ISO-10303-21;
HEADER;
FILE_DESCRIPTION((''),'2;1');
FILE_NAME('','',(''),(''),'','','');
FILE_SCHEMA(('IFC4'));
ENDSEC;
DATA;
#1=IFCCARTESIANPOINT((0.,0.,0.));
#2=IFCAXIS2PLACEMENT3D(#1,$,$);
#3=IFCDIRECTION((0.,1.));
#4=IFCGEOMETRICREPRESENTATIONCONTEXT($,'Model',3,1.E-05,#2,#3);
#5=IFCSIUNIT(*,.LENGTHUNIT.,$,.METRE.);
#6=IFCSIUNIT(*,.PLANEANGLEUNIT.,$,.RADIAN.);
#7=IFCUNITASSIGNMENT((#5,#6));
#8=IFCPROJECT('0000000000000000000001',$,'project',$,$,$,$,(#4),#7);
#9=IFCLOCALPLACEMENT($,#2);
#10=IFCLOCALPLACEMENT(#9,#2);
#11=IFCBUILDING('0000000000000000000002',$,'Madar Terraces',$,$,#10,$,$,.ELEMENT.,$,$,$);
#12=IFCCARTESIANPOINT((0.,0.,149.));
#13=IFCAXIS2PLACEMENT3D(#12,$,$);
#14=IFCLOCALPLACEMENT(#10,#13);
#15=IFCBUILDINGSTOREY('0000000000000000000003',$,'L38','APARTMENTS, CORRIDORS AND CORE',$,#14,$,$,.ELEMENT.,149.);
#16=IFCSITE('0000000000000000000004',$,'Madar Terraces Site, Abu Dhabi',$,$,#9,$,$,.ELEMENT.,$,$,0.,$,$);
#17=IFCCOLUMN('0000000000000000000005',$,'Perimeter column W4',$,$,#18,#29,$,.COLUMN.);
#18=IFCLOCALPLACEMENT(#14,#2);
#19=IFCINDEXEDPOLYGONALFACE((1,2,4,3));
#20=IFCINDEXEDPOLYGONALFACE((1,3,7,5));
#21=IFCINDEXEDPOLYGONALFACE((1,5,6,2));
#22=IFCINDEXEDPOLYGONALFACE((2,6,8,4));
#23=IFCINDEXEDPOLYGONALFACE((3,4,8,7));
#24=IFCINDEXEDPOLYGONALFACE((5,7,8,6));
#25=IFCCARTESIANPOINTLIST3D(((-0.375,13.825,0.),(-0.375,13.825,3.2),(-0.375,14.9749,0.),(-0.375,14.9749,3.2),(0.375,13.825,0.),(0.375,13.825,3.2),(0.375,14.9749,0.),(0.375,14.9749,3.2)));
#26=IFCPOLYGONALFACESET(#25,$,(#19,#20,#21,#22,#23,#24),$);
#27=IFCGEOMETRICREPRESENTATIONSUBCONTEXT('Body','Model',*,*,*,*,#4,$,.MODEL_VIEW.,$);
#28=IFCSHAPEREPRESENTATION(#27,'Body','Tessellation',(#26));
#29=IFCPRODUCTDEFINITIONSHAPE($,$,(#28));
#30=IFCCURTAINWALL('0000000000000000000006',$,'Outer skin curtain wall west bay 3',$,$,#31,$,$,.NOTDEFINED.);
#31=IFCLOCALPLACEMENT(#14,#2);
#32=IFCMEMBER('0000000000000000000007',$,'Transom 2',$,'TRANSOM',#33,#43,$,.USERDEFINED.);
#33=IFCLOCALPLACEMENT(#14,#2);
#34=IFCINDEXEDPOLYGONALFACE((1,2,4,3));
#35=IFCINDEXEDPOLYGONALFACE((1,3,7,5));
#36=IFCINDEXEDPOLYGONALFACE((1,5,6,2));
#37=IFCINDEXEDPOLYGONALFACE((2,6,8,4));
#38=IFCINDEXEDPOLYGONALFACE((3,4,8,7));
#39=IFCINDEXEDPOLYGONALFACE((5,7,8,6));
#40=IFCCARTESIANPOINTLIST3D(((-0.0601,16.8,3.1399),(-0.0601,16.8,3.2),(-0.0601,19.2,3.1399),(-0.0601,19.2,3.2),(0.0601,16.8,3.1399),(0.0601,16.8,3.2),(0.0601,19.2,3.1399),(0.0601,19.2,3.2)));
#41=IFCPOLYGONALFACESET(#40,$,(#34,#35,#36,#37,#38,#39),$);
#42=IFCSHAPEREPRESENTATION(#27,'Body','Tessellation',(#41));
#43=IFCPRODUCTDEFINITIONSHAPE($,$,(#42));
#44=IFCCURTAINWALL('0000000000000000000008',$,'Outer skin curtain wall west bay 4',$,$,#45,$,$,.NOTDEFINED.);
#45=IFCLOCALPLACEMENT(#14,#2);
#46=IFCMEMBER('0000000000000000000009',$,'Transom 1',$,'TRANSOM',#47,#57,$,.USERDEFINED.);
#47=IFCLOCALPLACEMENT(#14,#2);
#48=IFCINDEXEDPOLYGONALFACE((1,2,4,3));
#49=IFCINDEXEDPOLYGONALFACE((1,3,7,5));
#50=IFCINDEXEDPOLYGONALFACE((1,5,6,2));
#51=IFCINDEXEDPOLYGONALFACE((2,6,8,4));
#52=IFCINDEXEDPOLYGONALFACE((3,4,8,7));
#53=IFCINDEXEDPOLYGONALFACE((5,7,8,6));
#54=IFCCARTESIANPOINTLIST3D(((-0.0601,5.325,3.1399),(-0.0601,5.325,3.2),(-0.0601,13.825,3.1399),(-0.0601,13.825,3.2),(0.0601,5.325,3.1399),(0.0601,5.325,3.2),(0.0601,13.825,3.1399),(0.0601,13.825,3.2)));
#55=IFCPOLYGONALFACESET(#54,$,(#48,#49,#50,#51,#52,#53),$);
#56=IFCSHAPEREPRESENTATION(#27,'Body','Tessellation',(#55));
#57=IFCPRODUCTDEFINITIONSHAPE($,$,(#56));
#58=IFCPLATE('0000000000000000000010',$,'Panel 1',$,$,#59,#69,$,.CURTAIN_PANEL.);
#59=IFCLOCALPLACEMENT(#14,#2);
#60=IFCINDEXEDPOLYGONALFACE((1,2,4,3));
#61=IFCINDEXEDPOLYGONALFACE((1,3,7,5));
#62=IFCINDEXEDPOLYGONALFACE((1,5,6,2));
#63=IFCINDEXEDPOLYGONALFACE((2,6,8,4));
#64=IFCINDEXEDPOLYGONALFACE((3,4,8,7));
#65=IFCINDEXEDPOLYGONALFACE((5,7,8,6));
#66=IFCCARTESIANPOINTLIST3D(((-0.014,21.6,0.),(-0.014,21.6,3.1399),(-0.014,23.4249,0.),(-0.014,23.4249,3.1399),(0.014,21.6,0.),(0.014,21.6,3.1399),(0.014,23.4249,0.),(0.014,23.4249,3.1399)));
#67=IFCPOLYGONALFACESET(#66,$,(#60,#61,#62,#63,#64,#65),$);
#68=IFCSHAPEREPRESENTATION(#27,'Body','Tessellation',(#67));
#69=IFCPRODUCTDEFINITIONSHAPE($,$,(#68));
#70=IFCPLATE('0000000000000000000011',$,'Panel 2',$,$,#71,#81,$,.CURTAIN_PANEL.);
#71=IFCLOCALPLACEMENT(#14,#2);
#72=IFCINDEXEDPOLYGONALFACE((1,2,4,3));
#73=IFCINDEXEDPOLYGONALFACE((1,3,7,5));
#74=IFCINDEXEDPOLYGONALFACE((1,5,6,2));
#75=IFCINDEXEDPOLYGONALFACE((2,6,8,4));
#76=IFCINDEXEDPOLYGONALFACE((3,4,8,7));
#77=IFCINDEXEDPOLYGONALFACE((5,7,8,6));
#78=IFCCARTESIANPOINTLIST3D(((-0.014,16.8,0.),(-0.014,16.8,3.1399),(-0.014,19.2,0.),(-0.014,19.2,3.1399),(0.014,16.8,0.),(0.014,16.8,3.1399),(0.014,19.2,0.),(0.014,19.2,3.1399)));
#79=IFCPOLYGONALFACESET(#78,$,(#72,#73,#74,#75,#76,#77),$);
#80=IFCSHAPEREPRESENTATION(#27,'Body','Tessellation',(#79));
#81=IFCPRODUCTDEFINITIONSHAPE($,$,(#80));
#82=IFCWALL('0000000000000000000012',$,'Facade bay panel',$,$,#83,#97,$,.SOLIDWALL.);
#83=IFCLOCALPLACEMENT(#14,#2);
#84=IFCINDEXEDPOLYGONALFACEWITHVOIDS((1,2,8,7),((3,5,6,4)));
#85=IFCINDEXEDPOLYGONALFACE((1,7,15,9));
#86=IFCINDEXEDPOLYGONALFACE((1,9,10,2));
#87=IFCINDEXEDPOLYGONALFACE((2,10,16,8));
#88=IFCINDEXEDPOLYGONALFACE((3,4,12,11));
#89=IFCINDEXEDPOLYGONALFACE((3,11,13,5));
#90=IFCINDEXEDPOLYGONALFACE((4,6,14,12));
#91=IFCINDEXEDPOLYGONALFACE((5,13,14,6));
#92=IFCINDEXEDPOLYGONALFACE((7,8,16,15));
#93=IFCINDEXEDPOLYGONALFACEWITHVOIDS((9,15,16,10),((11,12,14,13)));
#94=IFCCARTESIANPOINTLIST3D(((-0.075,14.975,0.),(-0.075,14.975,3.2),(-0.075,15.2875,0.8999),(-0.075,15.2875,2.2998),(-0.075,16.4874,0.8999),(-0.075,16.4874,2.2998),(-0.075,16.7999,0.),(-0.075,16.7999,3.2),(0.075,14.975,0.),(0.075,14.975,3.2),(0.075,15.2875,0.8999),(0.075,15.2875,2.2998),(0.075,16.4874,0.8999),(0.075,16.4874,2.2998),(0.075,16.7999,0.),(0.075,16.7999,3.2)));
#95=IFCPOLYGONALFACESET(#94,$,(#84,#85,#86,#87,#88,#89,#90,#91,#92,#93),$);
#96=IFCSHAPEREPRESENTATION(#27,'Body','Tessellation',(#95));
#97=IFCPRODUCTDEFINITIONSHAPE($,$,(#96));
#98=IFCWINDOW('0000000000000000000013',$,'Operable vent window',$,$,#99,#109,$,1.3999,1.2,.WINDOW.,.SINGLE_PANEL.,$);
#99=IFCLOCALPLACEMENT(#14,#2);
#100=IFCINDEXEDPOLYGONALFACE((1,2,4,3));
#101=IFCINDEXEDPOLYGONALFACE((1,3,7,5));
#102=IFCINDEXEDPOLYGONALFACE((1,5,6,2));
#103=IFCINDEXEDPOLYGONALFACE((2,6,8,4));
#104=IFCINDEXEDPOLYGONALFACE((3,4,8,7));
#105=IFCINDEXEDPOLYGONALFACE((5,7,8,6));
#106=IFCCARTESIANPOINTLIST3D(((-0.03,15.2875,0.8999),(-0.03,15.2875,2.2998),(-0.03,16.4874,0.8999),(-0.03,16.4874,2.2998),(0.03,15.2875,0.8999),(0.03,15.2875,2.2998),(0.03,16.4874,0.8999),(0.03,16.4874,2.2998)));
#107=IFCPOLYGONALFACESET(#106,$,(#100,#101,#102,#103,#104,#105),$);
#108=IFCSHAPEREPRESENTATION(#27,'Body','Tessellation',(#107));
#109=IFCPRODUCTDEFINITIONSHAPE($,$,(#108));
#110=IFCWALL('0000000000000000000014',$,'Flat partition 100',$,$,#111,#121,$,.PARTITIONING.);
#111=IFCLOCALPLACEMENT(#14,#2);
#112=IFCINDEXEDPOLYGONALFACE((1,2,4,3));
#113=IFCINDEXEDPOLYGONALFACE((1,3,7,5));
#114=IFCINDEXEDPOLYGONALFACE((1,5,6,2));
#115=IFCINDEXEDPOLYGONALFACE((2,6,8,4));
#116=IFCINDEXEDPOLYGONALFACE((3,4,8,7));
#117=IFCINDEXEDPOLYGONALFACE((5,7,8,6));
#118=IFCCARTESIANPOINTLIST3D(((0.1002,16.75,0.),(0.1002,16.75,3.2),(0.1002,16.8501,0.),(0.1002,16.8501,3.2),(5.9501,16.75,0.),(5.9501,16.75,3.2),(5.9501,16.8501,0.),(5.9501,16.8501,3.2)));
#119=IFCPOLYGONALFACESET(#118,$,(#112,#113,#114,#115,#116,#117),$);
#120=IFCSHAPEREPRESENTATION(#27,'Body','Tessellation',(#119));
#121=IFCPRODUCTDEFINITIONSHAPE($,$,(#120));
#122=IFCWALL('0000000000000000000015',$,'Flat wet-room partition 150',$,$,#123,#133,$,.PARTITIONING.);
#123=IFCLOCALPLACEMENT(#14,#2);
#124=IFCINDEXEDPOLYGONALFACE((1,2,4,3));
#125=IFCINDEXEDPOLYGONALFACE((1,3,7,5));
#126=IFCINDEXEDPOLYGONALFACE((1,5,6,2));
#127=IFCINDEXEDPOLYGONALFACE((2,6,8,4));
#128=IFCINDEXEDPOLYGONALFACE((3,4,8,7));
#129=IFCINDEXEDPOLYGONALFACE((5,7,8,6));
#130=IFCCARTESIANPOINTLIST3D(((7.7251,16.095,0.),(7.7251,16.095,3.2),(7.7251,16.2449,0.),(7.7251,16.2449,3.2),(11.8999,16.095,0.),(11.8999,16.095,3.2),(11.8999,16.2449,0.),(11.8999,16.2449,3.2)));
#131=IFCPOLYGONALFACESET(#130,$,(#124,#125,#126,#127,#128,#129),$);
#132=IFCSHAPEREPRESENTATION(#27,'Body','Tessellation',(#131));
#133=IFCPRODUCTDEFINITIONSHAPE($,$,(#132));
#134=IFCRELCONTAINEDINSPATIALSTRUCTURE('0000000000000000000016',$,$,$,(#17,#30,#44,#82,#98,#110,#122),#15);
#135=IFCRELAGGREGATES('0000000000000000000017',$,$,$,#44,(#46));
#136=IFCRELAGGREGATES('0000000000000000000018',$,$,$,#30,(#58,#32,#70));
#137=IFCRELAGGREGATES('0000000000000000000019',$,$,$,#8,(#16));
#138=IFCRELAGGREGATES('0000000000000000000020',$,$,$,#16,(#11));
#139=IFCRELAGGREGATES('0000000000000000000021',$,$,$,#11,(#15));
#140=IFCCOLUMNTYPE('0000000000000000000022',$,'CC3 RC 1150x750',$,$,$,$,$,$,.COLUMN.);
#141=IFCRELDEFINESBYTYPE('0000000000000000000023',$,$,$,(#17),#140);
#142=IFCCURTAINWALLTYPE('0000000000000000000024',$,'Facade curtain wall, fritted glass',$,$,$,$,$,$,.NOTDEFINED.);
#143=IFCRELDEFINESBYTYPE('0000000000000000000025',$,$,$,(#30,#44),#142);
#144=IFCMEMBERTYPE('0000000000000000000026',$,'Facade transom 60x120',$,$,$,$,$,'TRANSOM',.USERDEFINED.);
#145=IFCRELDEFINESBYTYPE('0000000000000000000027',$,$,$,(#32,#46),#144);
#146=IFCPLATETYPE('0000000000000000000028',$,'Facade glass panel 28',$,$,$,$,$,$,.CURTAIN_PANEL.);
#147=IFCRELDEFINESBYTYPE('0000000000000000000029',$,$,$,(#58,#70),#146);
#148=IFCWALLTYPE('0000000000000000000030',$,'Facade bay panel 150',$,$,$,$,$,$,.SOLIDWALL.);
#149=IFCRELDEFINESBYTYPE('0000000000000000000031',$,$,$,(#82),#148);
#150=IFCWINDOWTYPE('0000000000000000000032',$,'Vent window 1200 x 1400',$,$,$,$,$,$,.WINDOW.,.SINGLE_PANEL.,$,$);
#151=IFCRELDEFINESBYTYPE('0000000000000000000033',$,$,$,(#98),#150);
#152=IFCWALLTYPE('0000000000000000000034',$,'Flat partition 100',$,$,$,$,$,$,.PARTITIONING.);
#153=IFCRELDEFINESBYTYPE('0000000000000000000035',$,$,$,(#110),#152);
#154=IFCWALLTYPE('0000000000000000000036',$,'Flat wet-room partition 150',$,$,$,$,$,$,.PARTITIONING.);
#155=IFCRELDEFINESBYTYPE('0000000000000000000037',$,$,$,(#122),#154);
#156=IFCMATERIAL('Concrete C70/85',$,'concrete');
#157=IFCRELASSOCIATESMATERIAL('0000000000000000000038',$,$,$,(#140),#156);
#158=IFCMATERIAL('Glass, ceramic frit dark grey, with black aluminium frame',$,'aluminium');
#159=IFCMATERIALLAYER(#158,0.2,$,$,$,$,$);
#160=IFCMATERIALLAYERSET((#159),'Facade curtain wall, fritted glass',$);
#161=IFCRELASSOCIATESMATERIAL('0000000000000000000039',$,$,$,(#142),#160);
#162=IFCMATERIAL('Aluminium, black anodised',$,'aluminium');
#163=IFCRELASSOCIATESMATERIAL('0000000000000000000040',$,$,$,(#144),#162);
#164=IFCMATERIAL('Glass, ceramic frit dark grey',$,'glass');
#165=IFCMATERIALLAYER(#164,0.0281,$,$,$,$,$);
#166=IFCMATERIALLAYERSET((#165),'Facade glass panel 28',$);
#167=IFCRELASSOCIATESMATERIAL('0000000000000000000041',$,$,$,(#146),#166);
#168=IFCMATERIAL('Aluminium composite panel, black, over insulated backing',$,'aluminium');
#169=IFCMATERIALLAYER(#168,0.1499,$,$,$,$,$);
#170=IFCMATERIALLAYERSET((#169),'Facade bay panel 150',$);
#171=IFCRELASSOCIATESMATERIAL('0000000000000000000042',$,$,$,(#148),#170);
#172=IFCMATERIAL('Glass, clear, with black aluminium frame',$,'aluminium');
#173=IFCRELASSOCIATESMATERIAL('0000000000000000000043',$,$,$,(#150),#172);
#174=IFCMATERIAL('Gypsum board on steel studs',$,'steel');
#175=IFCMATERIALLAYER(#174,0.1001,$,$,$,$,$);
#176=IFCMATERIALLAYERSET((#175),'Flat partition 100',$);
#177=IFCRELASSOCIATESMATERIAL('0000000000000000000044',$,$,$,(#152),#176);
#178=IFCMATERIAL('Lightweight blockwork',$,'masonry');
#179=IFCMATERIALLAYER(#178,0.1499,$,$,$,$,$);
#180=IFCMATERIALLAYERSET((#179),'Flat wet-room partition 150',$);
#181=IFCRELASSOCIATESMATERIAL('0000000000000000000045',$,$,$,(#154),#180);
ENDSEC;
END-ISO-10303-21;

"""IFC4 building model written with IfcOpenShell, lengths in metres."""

from ifc_helpers import new_model, si_unit, direction, frame, frame_2d, origin, origin_2d, place, context, subcontext, project, spatial, rectangle, extrude, material, layer, layer_set, material_profile, profile_set, type_object, element, fill, aggregate, save


model = new_model("IFC4")

# Units and contexts
model_context = context("Model", 3, precision=1e-05, world=origin(), true_north=direction((0.0, 1.0)))
body_context = subcontext(model_context, "Body", "Model", "MODEL_VIEW")
ifc_project = project(units=[si_unit("LENGTHUNIT", "METRE"), si_unit("PLANEANGLEUNIT", "RADIAN")], contexts=[model_context])

# Site, building, storey
site_placement = place(None, origin())
site = spatial("IfcSite", under=ifc_project, at=site_placement, Name="Madar Terraces Site, Abu Dhabi", CompositionType="ELEMENT", RefElevation=0.0)
building_placement = place(site_placement, origin())
building = spatial("IfcBuilding", under=site, at=building_placement, Name="Madar Terraces", CompositionType="ELEMENT")
storey_placement = place(building_placement, frame((0.0, 0.0, 149.0)))
storey = spatial("IfcBuildingStorey", under=building, at=storey_placement, Name="L38", Description="APARTMENTS, CORRIDORS AND CORE", CompositionType="ELEMENT", Elevation=149.0)

# Column
ifc_material_1 = material(Name="Concrete C70/85", Category="concrete")
ifc_material_profile_1 = material_profile(ifc_material_1, rectangle(XDim=1.1499, YDim=0.75, at=origin_2d()), Name="CC3 RC 1150x750")
ifc_profile_set_1 = profile_set([ifc_material_profile_1], Name="Concrete C70/85")
column_type = type_object("IfcColumnType", Name="CC3 RC 1150x750", PredefinedType="COLUMN", material=ifc_profile_set_1)
column_placement = place(storey_placement, frame((0.0, 14.3999, 0.0), z_axis=(0.0, 0.0, 1.0), x_axis=(0.0, 1.0, 0.0)))
element("IfcColumn", 1, at=column_placement, inside=storey, type_object=column_type, Name="Perimeter column W4", PredefinedType="COLUMN", context=body_context, shape_type="SweptSolid", body=[
    extrude(rectangle(XDim=1.1499, YDim=0.75, at=origin_2d()), origin(), (0.0, 0.0, 1.0), 3.2),
])

# Curtain walls, members
ifc_material_2 = material(Name="Glass, ceramic frit dark grey, with black aluminium frame", Category="aluminium")
ifc_layer_1 = layer(ifc_material_2, 0.2)
ifc_layer_set_1 = layer_set([ifc_layer_1], Name="Facade curtain wall, fritted glass")
curtain_wall_type = type_object("IfcCurtainWallType", Name="Facade curtain wall, fritted glass", PredefinedType="NOTDEFINED", material=ifc_layer_set_1)
curtain_wall_1_placement = place(storey_placement, origin())
curtain_wall_1 = element("IfcCurtainWall", 2, at=curtain_wall_1_placement, inside=storey, type_object=curtain_wall_type, Name="Outer skin curtain wall west bay 3", PredefinedType="NOTDEFINED")
ifc_material_3 = material(Name="Aluminium, black anodised", Category="aluminium")
ifc_material_profile_2 = material_profile(ifc_material_3, rectangle(XDim=0.1201, YDim=0.0601, at=origin_2d()), Name="Facade transom 60x120")
ifc_profile_set_2 = profile_set([ifc_material_profile_2], Name="Aluminium, black anodised")
member_type = type_object("IfcMemberType", Name="Facade transom 60x120", ElementType="TRANSOM", PredefinedType="USERDEFINED", material=ifc_profile_set_2)
member_1_placement = place(storey_placement, frame((0.0, 19.2, 3.1699), z_axis=(0.0, -1.0, 0.0), x_axis=(1.0, 0.0, 0.0)))
member_1 = element("IfcMember", 3, at=member_1_placement, type_object=member_type, Name="Transom 2", ObjectType="TRANSOM", PredefinedType="USERDEFINED", context=body_context, shape_type="SweptSolid", body=[
    extrude(rectangle(XDim=0.1201, YDim=0.0601, at=origin_2d()), origin(), (0.0, 0.0, 1.0), 2.3999),
])
curtain_wall_2_placement = place(storey_placement, origin())
curtain_wall_2 = element("IfcCurtainWall", 4, at=curtain_wall_2_placement, inside=storey, type_object=curtain_wall_type, Name="Outer skin curtain wall west bay 4", PredefinedType="NOTDEFINED")
member_2_placement = place(storey_placement, frame((0.0, 13.825, 3.1699), z_axis=(0.0, -1.0, 0.0), x_axis=(1.0, 0.0, 0.0)))
member_2 = element("IfcMember", 5, at=member_2_placement, type_object=member_type, Name="Transom 1", ObjectType="TRANSOM", PredefinedType="USERDEFINED", context=body_context, shape_type="SweptSolid", body=[
    extrude(rectangle(XDim=0.1201, YDim=0.0601, at=origin_2d()), origin(), (0.0, 0.0, 1.0), 8.5),
])
aggregate(curtain_wall_2, [member_2])

# Plates
ifc_material_4 = material(Name="Glass, ceramic frit dark grey", Category="glass")
ifc_layer_2 = layer(ifc_material_4, 0.0281)
ifc_layer_set_2 = layer_set([ifc_layer_2], Name="Facade glass panel 28")
plate_type = type_object("IfcPlateType", Name="Facade glass panel 28", PredefinedType="CURTAIN_PANEL", material=ifc_layer_set_2)
plate_1_placement = place(storey_placement, frame((0.0, 22.5125, 0.0), z_axis=(0.0, 0.0, 1.0), x_axis=(0.0, -1.0, 0.0)))
plate_1 = element("IfcPlate", 6, at=plate_1_placement, type_object=plate_type, Name="Panel 1", PredefinedType="CURTAIN_PANEL", context=body_context, shape_type="SweptSolid", body=[
    extrude(rectangle(XDim=1.825, YDim=0.0281, at=origin_2d()), origin(), (0.0, 0.0, 1.0), 3.1399),
])
plate_2_placement = place(storey_placement, frame((0.0, 18.0, 0.0), z_axis=(0.0, 0.0, 1.0), x_axis=(0.0, -1.0, 0.0)))
plate_2 = element("IfcPlate", 7, at=plate_2_placement, type_object=plate_type, Name="Panel 2", PredefinedType="CURTAIN_PANEL", context=body_context, shape_type="SweptSolid", body=[
    extrude(rectangle(XDim=2.3999, YDim=0.0281, at=origin_2d()), origin(), (0.0, 0.0, 1.0), 3.1399),
])
aggregate(curtain_wall_1, [plate_1, member_1, plate_2])

# Shared definitions
ifc_material_5 = material(Name="Aluminium composite panel, black, over insulated backing", Category="aluminium")
ifc_layer_3 = layer(ifc_material_5, 0.1499)
ifc_layer_set_3 = layer_set([ifc_layer_3], Name="Facade bay panel 150")
wall_type_1 = type_object("IfcWallType", Name="Facade bay panel 150", PredefinedType="SOLIDWALL", material=ifc_layer_set_3)

# Wall, opening, window
wall_1_placement = place(storey_placement, frame((0.0, 16.8, 0.0), z_axis=(0.0, 0.0, 1.0), x_axis=(0.0, -1.0, 0.0)))
wall_1 = element("IfcWall", 8, at=wall_1_placement, inside=storey, type_object=wall_type_1, Name="Facade bay panel", PredefinedType="SOLIDWALL", context=body_context, shape_type="SweptSolid", body=[
    extrude(rectangle(XDim=1.825, YDim=0.1499, at=frame_2d((0.9126, 0.0))), origin(), (0.0, 0.0, 1.0), 3.2),
])
opening_1_placement = place(wall_1_placement, frame((0.3125, 0.0, 0.8999)))
opening_1 = element("IfcOpeningElement", 9, at=opening_1_placement, cuts=wall_1, PredefinedType="OPENING", context=body_context, shape_type="SweptSolid", body=[
    extrude(rectangle(XDim=1.2, YDim=1.3999, at=frame_2d((0.6001, 0.7))), frame((0.0, 0.085, 0.0), z_axis=(0.0, -1.0, 0.0), x_axis=(1.0, 0.0, 0.0)), (0.0, 0.0, 1.0), 0.1699),
])
ifc_material_6 = material(Name="Glass, clear, with black aluminium frame", Category="aluminium")
window_type = type_object("IfcWindowType", Name="Vent window 1200 x 1400", PartitioningType="SINGLE_PANEL", PredefinedType="WINDOW", material=ifc_material_6)
window_placement = place(opening_1_placement, origin())
window = element("IfcWindow", 10, at=window_placement, inside=storey, type_object=window_type, Name="Operable vent window", OverallHeight=1.3999, OverallWidth=1.2, PartitioningType="SINGLE_PANEL", PredefinedType="WINDOW", context=body_context, shape_type="SweptSolid", body=[
    extrude(rectangle(XDim=1.2, YDim=1.3999, at=frame_2d((0.6001, 0.7))), frame((0.0, 0.03, 0.0), z_axis=(0.0, -1.0, 0.0), x_axis=(1.0, 0.0, 0.0)), (0.0, 0.0, 1.0), 0.0601),
])
fill(opening_1, window)

# Walls
ifc_material_7 = material(Name="Gypsum board on steel studs", Category="steel")
ifc_layer_4 = layer(ifc_material_7, 0.1001)
ifc_layer_set_4 = layer_set([ifc_layer_4], Name="Flat partition 100")
wall_type_2 = type_object("IfcWallType", Name="Flat partition 100", PredefinedType="PARTITIONING", material=ifc_layer_set_4)
wall_2_placement = place(storey_placement, frame((5.95, 16.8, 0.0), z_axis=(0.0, 0.0, 1.0), x_axis=(-1.0, 0.0, 0.0)))
element("IfcWall", 11, at=wall_2_placement, inside=storey, type_object=wall_type_2, Name="Flat partition 100", PredefinedType="PARTITIONING", context=body_context, shape_type="SweptSolid", body=[
    extrude(rectangle(XDim=5.8499, YDim=0.1001, at=frame_2d((2.9248, 0.0))), origin(), (0.0, 0.0, 1.0), 3.2),
])
ifc_material_8 = material(Name="Lightweight blockwork", Category="masonry")
ifc_layer_5 = layer(ifc_material_8, 0.1499)
ifc_layer_set_5 = layer_set([ifc_layer_5], Name="Flat wet-room partition 150")
wall_type_3 = type_object("IfcWallType", Name="Flat wet-room partition 150", PredefinedType="PARTITIONING", material=ifc_layer_set_5)
wall_3_placement = place(storey_placement, frame((11.8999, 16.1699, 0.0), z_axis=(0.0, 0.0, 1.0), x_axis=(-1.0, 0.0, 0.0)))
element("IfcWall", 12, at=wall_3_placement, inside=storey, type_object=wall_type_3, Name="Flat wet-room partition 150", PredefinedType="PARTITIONING", context=body_context, shape_type="SweptSolid", body=[
    extrude(rectangle(XDim=4.1748, YDim=0.1499, at=frame_2d((2.0874, 0.0))), origin(), (0.0, 0.0, 1.0), 3.2),
])

save(model, "model.ifc")
